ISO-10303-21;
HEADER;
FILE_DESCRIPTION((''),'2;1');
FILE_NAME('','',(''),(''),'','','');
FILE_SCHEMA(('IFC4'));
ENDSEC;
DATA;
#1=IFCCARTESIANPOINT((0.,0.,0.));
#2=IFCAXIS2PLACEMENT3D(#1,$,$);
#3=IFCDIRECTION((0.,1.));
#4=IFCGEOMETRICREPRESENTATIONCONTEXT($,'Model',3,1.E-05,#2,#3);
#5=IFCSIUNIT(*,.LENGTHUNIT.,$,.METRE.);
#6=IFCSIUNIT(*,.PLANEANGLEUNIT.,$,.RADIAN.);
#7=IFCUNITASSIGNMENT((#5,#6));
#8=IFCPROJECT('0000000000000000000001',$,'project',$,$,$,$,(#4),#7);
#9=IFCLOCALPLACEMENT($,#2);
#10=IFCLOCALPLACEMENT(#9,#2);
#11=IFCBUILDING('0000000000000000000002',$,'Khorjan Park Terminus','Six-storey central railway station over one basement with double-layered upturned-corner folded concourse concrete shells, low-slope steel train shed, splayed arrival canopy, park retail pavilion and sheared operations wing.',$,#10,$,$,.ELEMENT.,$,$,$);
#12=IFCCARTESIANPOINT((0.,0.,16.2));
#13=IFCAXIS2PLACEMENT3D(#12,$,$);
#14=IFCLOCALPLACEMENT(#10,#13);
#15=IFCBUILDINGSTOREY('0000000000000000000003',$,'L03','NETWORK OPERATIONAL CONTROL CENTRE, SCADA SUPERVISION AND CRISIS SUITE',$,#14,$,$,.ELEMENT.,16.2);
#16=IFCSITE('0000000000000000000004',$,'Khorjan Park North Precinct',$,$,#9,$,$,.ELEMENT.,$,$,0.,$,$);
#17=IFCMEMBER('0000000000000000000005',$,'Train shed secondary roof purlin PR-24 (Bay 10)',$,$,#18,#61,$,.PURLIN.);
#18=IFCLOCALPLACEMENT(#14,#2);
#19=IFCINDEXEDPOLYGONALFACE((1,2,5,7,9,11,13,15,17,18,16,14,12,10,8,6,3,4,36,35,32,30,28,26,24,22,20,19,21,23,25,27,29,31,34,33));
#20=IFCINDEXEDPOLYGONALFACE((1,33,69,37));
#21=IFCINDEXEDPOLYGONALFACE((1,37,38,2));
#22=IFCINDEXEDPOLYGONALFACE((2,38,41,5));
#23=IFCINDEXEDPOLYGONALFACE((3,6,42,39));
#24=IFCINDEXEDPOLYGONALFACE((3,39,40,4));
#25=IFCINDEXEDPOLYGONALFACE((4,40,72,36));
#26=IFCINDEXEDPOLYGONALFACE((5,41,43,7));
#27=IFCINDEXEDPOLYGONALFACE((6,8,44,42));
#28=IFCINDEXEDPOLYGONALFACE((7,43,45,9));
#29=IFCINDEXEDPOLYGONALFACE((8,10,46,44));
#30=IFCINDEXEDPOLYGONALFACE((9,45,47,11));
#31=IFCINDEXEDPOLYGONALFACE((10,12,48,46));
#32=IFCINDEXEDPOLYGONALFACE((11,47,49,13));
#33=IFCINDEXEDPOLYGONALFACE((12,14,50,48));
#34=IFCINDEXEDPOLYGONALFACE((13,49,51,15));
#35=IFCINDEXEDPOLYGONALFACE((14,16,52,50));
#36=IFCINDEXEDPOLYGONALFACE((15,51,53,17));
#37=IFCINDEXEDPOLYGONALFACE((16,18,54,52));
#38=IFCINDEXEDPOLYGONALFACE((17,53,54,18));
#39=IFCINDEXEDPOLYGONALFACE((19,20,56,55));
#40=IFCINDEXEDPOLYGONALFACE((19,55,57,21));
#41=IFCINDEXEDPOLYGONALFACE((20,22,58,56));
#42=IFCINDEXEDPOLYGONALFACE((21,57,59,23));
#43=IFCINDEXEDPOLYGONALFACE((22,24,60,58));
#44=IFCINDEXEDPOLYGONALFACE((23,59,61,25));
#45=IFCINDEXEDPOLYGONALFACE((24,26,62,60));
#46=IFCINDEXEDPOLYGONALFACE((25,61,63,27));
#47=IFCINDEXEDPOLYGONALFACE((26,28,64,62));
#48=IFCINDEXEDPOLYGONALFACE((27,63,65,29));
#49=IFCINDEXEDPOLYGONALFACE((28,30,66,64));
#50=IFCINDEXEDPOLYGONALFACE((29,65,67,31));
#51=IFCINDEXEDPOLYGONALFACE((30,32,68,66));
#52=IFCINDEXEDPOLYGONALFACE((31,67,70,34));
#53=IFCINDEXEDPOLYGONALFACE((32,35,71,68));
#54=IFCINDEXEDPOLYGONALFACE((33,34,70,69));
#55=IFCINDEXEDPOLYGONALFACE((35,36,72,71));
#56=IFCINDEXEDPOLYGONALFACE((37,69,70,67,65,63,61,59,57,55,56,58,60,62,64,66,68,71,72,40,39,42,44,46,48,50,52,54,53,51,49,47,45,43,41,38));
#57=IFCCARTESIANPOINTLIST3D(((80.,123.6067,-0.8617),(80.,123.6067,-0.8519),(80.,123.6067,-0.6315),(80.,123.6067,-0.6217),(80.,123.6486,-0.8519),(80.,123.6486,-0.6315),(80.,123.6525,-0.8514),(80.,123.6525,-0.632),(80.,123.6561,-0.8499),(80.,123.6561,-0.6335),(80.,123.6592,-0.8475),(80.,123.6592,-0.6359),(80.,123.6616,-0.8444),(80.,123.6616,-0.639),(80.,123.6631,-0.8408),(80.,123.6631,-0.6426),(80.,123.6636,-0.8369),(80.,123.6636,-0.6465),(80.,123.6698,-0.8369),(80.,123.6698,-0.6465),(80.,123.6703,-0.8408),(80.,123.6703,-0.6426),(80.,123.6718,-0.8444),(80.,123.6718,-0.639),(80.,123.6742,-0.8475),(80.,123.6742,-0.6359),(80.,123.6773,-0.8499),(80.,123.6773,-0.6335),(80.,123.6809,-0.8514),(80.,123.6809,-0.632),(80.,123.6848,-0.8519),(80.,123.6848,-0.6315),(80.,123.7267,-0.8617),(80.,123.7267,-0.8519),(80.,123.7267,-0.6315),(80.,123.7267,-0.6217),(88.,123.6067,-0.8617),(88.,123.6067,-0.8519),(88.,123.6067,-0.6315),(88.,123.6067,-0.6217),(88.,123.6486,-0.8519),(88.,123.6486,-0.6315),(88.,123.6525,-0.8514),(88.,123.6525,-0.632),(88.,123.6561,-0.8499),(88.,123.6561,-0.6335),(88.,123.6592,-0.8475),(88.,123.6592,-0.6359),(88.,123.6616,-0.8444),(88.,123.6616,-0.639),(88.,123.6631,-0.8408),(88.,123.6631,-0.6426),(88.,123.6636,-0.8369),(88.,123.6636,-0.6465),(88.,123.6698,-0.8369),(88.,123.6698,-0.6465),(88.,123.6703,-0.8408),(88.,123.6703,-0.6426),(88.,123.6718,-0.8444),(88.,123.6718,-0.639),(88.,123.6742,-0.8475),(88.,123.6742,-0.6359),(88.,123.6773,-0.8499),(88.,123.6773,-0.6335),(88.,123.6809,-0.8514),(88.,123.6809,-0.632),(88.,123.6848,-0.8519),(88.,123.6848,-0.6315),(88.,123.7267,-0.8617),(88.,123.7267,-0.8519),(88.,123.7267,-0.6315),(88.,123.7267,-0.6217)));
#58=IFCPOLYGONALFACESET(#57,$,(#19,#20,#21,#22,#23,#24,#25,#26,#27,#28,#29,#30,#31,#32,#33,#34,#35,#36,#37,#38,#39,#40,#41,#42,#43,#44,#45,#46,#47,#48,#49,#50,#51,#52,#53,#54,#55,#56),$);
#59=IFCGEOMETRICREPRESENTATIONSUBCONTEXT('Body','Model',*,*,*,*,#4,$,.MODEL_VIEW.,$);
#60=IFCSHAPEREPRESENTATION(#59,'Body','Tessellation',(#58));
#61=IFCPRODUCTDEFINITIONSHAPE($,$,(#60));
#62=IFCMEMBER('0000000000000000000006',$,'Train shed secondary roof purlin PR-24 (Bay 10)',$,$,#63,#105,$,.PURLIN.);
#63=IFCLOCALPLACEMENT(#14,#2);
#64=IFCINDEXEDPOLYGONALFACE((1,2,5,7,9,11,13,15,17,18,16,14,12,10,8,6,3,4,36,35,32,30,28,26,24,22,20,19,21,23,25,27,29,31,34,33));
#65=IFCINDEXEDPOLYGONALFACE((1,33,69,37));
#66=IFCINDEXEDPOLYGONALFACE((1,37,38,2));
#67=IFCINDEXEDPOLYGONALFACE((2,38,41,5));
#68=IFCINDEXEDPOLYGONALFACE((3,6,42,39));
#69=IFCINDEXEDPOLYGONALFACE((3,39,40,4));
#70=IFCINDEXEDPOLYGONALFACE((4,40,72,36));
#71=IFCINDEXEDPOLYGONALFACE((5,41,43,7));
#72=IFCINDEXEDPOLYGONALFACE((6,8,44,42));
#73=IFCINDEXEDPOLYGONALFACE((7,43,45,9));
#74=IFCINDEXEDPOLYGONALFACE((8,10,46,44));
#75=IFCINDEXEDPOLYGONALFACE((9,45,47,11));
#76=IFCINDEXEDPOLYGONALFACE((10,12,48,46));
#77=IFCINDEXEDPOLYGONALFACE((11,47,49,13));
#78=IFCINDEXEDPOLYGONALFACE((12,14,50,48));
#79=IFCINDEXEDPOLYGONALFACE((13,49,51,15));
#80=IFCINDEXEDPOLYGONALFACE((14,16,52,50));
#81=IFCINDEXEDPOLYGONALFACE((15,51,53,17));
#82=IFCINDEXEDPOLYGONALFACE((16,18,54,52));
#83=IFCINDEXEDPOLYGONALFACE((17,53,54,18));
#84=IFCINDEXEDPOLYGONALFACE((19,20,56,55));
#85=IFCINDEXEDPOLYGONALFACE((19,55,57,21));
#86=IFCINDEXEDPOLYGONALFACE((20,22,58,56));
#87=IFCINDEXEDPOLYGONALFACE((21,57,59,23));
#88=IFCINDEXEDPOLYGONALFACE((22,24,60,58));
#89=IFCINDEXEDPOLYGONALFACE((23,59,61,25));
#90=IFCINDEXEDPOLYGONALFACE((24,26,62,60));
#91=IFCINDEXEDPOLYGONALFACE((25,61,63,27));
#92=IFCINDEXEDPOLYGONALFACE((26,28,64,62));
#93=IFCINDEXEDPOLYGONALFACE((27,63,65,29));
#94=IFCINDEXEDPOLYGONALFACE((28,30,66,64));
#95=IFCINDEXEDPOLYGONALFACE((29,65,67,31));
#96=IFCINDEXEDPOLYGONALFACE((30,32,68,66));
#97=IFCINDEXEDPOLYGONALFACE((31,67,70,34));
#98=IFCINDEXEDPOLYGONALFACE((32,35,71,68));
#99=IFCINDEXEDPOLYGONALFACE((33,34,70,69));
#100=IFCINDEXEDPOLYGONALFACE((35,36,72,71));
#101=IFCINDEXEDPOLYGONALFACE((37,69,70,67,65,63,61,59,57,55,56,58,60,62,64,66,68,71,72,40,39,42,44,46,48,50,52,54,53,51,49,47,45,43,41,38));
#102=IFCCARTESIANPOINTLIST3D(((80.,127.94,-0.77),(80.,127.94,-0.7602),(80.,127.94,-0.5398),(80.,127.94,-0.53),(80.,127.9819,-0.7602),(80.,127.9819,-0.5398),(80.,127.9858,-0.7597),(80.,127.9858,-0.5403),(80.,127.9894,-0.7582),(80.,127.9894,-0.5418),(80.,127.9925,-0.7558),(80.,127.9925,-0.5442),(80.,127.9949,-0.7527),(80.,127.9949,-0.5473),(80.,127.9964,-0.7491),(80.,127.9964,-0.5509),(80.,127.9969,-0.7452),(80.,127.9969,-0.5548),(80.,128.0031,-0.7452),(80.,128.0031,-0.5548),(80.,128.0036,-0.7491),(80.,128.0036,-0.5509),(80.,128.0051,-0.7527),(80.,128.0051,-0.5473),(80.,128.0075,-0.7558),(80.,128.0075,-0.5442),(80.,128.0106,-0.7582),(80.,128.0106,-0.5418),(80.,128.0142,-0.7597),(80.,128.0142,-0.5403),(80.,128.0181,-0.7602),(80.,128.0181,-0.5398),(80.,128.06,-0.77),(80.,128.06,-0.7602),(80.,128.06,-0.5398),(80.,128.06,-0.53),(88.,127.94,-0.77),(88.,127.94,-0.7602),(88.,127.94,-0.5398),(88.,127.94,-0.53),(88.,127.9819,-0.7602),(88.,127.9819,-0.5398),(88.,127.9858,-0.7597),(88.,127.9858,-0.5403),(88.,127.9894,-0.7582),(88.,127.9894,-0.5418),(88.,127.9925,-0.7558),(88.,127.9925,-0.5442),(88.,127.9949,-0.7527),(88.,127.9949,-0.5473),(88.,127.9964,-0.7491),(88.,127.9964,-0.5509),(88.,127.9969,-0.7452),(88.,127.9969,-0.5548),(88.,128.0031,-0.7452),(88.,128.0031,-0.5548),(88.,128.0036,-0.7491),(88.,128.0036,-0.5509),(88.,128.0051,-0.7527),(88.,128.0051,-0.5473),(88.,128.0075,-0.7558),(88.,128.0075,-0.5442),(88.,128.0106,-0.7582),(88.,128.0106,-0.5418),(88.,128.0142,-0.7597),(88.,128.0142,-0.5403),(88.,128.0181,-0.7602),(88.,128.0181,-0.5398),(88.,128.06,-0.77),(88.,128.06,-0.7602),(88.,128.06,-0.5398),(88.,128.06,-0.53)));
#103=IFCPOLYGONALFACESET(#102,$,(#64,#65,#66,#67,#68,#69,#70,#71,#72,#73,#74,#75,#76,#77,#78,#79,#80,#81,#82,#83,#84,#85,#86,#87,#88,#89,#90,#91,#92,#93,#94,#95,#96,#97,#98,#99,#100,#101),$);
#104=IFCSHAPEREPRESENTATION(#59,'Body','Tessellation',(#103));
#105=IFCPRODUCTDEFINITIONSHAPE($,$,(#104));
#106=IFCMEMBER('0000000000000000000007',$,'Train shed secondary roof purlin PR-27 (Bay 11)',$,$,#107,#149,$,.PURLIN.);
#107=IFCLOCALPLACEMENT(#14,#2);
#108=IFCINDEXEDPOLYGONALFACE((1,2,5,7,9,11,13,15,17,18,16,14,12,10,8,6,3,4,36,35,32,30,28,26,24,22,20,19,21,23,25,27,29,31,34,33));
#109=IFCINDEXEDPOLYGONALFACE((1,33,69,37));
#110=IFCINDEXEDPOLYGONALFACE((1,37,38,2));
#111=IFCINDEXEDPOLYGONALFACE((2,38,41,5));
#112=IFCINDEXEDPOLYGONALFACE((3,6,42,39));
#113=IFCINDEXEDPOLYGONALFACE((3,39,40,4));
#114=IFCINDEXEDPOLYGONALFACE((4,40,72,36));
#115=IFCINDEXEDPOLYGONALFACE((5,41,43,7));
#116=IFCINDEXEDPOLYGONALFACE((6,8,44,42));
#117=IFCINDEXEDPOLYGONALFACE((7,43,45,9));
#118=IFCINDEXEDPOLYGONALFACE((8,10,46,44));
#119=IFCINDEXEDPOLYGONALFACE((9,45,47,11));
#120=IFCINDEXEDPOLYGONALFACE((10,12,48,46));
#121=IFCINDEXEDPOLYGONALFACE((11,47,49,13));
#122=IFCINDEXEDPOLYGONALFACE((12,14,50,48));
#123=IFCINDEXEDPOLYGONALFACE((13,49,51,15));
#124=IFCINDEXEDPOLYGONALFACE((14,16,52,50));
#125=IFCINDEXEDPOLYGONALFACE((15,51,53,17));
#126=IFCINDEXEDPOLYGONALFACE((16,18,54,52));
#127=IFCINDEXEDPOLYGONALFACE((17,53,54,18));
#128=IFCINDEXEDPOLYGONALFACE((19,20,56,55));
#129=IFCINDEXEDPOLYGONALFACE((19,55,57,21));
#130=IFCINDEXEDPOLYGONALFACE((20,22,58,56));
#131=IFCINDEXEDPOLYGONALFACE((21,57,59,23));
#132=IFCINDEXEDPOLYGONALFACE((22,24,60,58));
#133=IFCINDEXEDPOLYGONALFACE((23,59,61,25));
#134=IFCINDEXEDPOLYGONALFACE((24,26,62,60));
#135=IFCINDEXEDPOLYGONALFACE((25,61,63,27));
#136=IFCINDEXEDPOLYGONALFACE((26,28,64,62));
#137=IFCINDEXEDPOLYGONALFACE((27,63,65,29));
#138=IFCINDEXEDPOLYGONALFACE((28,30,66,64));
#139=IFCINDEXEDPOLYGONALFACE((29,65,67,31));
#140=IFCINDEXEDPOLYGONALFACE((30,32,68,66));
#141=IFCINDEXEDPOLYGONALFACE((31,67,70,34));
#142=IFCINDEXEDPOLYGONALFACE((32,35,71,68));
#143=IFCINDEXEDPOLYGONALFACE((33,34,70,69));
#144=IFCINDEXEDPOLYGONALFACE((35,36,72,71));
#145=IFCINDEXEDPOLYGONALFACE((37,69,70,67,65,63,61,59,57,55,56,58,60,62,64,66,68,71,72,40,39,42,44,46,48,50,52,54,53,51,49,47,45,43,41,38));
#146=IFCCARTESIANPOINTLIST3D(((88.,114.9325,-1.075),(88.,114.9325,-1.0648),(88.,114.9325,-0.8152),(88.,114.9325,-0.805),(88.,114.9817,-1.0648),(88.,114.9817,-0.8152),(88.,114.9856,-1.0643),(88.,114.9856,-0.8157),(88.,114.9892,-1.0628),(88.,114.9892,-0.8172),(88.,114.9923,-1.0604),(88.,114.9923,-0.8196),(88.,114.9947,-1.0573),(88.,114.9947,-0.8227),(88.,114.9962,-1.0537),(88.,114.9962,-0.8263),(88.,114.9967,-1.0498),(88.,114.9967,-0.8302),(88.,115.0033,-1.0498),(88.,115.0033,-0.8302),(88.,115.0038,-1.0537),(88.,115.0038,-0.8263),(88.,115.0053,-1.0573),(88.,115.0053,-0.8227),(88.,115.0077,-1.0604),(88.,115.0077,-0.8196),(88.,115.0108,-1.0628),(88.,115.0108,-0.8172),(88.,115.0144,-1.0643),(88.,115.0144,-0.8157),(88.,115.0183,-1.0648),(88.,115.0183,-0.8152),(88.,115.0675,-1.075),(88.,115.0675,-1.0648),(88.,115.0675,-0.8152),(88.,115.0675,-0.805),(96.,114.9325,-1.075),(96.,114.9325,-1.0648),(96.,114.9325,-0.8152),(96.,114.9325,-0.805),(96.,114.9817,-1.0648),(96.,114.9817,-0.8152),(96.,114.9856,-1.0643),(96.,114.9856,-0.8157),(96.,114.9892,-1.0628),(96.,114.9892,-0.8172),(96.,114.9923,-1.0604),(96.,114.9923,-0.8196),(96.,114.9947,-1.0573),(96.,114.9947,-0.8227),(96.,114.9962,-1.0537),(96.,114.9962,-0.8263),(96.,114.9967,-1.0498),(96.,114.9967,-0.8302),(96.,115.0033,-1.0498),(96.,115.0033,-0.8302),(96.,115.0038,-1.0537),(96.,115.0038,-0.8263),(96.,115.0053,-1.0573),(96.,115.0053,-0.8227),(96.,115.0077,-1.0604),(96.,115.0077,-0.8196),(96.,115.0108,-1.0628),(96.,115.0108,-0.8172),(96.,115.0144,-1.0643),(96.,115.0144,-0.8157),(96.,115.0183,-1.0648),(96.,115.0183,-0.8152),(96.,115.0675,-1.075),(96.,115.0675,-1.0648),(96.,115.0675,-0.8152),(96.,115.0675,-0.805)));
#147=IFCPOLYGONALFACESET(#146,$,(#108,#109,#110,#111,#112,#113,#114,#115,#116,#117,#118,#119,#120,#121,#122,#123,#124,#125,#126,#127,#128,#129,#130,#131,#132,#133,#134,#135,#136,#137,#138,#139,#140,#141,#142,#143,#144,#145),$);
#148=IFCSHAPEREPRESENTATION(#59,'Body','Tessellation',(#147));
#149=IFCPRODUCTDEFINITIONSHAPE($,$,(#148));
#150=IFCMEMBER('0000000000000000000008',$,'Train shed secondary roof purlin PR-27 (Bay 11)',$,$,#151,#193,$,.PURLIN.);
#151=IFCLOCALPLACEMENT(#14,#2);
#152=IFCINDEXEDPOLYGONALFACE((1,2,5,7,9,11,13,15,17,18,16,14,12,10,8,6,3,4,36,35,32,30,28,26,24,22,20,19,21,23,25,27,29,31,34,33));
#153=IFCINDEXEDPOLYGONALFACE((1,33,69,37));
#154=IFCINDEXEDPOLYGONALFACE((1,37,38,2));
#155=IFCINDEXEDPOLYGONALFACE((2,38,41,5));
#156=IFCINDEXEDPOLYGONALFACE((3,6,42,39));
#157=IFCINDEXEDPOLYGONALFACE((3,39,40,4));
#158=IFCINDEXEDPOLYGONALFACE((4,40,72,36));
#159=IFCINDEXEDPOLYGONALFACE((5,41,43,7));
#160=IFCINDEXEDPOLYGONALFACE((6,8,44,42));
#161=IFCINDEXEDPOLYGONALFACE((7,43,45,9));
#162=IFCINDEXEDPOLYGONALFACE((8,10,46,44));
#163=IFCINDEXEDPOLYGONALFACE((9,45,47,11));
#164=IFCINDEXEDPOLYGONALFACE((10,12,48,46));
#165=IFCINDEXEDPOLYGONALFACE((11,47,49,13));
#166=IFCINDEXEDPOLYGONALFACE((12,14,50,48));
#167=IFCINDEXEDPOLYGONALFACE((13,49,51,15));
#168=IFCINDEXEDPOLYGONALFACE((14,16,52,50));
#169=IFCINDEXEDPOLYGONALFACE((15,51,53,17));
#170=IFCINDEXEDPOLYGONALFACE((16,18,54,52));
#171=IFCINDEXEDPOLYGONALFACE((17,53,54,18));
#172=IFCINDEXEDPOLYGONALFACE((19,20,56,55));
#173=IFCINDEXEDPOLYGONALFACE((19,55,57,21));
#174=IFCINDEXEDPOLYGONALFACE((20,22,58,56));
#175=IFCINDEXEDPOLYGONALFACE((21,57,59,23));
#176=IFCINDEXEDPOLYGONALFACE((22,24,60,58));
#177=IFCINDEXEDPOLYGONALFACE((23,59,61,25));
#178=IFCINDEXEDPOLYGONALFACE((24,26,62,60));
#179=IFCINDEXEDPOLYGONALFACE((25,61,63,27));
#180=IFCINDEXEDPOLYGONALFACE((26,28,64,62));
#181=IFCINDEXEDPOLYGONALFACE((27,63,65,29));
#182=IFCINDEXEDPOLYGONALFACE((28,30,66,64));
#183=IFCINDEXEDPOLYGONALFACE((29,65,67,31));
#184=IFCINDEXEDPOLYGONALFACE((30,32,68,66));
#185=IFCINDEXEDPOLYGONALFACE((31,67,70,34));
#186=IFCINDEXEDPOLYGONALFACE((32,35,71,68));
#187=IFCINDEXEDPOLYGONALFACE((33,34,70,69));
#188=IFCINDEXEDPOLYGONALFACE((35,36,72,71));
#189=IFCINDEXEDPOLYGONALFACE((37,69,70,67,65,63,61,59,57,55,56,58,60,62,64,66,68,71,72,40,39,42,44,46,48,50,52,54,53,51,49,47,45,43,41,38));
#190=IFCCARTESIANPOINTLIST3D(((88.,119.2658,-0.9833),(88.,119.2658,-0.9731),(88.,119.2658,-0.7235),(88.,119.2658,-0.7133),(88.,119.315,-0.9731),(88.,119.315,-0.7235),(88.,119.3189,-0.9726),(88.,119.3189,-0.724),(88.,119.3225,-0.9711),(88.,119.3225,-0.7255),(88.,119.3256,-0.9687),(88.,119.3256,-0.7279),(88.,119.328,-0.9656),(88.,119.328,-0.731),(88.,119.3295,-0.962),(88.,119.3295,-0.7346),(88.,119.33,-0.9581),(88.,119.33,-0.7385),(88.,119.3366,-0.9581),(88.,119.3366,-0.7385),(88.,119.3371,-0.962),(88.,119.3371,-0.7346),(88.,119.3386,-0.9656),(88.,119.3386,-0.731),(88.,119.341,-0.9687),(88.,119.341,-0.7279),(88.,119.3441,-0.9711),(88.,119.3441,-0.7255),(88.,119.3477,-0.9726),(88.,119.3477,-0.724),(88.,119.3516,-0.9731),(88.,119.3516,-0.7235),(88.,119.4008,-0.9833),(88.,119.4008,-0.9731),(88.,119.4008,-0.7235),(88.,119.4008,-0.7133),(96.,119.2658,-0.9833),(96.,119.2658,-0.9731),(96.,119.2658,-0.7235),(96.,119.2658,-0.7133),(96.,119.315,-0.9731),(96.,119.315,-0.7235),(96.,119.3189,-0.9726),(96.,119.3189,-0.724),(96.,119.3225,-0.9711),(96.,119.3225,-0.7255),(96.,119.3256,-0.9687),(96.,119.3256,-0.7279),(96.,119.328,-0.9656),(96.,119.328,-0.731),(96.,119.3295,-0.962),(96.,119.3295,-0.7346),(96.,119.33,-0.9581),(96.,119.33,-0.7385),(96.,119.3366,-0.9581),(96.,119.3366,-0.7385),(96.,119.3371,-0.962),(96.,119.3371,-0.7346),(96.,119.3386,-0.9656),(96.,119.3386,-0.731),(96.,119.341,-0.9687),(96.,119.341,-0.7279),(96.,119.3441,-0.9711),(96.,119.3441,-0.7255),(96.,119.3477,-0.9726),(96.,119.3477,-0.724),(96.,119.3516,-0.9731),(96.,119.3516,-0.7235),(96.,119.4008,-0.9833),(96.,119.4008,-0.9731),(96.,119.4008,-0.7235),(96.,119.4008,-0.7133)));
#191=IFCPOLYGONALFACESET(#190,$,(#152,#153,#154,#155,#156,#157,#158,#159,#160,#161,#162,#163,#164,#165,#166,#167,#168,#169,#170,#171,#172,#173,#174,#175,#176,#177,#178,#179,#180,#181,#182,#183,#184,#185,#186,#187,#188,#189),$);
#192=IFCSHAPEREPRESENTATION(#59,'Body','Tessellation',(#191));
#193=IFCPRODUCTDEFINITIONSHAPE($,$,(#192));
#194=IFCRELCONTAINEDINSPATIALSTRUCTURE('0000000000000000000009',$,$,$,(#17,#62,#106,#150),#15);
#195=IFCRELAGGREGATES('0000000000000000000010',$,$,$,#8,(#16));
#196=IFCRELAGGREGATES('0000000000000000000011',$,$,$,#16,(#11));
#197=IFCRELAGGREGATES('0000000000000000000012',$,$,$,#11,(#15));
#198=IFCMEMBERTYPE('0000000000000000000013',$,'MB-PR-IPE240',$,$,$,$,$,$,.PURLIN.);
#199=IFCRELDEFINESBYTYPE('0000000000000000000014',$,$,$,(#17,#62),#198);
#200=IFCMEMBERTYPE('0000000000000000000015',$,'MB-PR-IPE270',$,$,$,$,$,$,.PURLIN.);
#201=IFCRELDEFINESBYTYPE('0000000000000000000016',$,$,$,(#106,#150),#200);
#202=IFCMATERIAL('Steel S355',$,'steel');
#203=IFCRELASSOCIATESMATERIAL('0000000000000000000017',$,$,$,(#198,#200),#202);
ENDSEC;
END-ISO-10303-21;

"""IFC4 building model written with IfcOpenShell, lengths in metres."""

from ifc_helpers import new_model, si_unit, direction, frame, origin, origin_2d, place, context, subcontext, project, spatial, i_section, extrude, material, material_profile, profile_set, type_object, element, save


model = new_model("IFC4")

# Units and contexts
model_context = context("Model", 3, precision=1e-05, world=origin(), true_north=direction((0.0, 1.0)))
body_context = subcontext(model_context, "Body", "Model", "MODEL_VIEW")
ifc_project = project(units=[si_unit("LENGTHUNIT", "METRE"), si_unit("PLANEANGLEUNIT", "RADIAN")], contexts=[model_context])

# Site, building, storey
site_placement = place(None, origin())
site = spatial("IfcSite", under=ifc_project, at=site_placement, Name="Khorjan Park North Precinct", CompositionType="ELEMENT", RefElevation=0.0)
building_placement = place(site_placement, origin())
building = spatial("IfcBuilding", under=site, at=building_placement, Name="Khorjan Park Terminus", Description="Six-storey central railway station over one basement with double-layered upturned-corner folded concourse concrete shells, low-slope steel train shed, splayed arrival canopy, park retail pavilion and sheared operations wing.", CompositionType="ELEMENT")
storey_placement = place(building_placement, frame((0.0, 0.0, 16.2)))
storey = spatial("IfcBuildingStorey", under=building, at=storey_placement, Name="L03", Description="NETWORK OPERATIONAL CONTROL CENTRE, SCADA SUPERVISION AND CRISIS SUITE", CompositionType="ELEMENT", Elevation=16.2)

# Members
ifc_material = material(Name="Steel S355", Category="steel")
ifc_material_profile_1 = material_profile(ifc_material, i_section(OverallWidth=0.12, OverallDepth=0.24, WebThickness=0.0062, FlangeThickness=0.0098, FilletRadius=0.015, at=origin_2d()), Name="IPE 240")
ifc_profile_set_1 = profile_set([ifc_material_profile_1], Name="Steel S355")
member_type_1 = type_object("IfcMemberType", Name="MB-PR-IPE240", PredefinedType="PURLIN", material=ifc_profile_set_1)
for number, where, z_axis, x_axis, name in (
    (1, (80.0, 123.6667, -0.7417), (1.0, 0.0, 0.0), (0.0, 1.0, 0.0), "Train shed secondary roof purlin PR-24 (Bay 10)"),
    (2, (80.0, 128.0, -0.65), (1.0, 0.0, 0.0), (0.0, 1.0, 0.0), "Train shed secondary roof purlin PR-24 (Bay 10)"),
):
    element("IfcMember", number, at=place(storey_placement, frame(where, z_axis=z_axis, x_axis=x_axis)), inside=storey, type_object=member_type_1, Name=name, PredefinedType="PURLIN", context=body_context, shape_type="SweptSolid", body=[
        extrude(i_section(OverallWidth=0.12, OverallDepth=0.24, WebThickness=0.0062, FlangeThickness=0.0098, FilletRadius=0.015, at=origin_2d()), origin(), (0.0, 0.0, 1.0), 8.0),
    ])
ifc_material_profile_2 = material_profile(ifc_material, i_section(OverallWidth=0.135, OverallDepth=0.27, WebThickness=0.0066, FlangeThickness=0.0102, FilletRadius=0.015, at=origin_2d()), Name="IPE 270")
ifc_profile_set_2 = profile_set([ifc_material_profile_2], Name="Steel S355")
member_type_2 = type_object("IfcMemberType", Name="MB-PR-IPE270", PredefinedType="PURLIN", material=ifc_profile_set_2)
for number, where, z_axis, x_axis, name in (
    (3, (88.0, 115.0, -0.94), (1.0, 0.0, 0.0), (0.0, 1.0, 0.0), "Train shed secondary roof purlin PR-27 (Bay 11)"),
    (4, (88.0, 119.3333, -0.8483), (1.0, 0.0, 0.0), (0.0, 1.0, 0.0), "Train shed secondary roof purlin PR-27 (Bay 11)"),
):
    element("IfcMember", number, at=place(storey_placement, frame(where, z_axis=z_axis, x_axis=x_axis)), inside=storey, type_object=member_type_2, Name=name, PredefinedType="PURLIN", context=body_context, shape_type="SweptSolid", body=[
        extrude(i_section(OverallWidth=0.135, OverallDepth=0.27, WebThickness=0.0066, FlangeThickness=0.0102, FilletRadius=0.015, at=origin_2d()), origin(), (0.0, 0.0, 1.0), 8.0),
    ])

save(model, "model.ifc")
